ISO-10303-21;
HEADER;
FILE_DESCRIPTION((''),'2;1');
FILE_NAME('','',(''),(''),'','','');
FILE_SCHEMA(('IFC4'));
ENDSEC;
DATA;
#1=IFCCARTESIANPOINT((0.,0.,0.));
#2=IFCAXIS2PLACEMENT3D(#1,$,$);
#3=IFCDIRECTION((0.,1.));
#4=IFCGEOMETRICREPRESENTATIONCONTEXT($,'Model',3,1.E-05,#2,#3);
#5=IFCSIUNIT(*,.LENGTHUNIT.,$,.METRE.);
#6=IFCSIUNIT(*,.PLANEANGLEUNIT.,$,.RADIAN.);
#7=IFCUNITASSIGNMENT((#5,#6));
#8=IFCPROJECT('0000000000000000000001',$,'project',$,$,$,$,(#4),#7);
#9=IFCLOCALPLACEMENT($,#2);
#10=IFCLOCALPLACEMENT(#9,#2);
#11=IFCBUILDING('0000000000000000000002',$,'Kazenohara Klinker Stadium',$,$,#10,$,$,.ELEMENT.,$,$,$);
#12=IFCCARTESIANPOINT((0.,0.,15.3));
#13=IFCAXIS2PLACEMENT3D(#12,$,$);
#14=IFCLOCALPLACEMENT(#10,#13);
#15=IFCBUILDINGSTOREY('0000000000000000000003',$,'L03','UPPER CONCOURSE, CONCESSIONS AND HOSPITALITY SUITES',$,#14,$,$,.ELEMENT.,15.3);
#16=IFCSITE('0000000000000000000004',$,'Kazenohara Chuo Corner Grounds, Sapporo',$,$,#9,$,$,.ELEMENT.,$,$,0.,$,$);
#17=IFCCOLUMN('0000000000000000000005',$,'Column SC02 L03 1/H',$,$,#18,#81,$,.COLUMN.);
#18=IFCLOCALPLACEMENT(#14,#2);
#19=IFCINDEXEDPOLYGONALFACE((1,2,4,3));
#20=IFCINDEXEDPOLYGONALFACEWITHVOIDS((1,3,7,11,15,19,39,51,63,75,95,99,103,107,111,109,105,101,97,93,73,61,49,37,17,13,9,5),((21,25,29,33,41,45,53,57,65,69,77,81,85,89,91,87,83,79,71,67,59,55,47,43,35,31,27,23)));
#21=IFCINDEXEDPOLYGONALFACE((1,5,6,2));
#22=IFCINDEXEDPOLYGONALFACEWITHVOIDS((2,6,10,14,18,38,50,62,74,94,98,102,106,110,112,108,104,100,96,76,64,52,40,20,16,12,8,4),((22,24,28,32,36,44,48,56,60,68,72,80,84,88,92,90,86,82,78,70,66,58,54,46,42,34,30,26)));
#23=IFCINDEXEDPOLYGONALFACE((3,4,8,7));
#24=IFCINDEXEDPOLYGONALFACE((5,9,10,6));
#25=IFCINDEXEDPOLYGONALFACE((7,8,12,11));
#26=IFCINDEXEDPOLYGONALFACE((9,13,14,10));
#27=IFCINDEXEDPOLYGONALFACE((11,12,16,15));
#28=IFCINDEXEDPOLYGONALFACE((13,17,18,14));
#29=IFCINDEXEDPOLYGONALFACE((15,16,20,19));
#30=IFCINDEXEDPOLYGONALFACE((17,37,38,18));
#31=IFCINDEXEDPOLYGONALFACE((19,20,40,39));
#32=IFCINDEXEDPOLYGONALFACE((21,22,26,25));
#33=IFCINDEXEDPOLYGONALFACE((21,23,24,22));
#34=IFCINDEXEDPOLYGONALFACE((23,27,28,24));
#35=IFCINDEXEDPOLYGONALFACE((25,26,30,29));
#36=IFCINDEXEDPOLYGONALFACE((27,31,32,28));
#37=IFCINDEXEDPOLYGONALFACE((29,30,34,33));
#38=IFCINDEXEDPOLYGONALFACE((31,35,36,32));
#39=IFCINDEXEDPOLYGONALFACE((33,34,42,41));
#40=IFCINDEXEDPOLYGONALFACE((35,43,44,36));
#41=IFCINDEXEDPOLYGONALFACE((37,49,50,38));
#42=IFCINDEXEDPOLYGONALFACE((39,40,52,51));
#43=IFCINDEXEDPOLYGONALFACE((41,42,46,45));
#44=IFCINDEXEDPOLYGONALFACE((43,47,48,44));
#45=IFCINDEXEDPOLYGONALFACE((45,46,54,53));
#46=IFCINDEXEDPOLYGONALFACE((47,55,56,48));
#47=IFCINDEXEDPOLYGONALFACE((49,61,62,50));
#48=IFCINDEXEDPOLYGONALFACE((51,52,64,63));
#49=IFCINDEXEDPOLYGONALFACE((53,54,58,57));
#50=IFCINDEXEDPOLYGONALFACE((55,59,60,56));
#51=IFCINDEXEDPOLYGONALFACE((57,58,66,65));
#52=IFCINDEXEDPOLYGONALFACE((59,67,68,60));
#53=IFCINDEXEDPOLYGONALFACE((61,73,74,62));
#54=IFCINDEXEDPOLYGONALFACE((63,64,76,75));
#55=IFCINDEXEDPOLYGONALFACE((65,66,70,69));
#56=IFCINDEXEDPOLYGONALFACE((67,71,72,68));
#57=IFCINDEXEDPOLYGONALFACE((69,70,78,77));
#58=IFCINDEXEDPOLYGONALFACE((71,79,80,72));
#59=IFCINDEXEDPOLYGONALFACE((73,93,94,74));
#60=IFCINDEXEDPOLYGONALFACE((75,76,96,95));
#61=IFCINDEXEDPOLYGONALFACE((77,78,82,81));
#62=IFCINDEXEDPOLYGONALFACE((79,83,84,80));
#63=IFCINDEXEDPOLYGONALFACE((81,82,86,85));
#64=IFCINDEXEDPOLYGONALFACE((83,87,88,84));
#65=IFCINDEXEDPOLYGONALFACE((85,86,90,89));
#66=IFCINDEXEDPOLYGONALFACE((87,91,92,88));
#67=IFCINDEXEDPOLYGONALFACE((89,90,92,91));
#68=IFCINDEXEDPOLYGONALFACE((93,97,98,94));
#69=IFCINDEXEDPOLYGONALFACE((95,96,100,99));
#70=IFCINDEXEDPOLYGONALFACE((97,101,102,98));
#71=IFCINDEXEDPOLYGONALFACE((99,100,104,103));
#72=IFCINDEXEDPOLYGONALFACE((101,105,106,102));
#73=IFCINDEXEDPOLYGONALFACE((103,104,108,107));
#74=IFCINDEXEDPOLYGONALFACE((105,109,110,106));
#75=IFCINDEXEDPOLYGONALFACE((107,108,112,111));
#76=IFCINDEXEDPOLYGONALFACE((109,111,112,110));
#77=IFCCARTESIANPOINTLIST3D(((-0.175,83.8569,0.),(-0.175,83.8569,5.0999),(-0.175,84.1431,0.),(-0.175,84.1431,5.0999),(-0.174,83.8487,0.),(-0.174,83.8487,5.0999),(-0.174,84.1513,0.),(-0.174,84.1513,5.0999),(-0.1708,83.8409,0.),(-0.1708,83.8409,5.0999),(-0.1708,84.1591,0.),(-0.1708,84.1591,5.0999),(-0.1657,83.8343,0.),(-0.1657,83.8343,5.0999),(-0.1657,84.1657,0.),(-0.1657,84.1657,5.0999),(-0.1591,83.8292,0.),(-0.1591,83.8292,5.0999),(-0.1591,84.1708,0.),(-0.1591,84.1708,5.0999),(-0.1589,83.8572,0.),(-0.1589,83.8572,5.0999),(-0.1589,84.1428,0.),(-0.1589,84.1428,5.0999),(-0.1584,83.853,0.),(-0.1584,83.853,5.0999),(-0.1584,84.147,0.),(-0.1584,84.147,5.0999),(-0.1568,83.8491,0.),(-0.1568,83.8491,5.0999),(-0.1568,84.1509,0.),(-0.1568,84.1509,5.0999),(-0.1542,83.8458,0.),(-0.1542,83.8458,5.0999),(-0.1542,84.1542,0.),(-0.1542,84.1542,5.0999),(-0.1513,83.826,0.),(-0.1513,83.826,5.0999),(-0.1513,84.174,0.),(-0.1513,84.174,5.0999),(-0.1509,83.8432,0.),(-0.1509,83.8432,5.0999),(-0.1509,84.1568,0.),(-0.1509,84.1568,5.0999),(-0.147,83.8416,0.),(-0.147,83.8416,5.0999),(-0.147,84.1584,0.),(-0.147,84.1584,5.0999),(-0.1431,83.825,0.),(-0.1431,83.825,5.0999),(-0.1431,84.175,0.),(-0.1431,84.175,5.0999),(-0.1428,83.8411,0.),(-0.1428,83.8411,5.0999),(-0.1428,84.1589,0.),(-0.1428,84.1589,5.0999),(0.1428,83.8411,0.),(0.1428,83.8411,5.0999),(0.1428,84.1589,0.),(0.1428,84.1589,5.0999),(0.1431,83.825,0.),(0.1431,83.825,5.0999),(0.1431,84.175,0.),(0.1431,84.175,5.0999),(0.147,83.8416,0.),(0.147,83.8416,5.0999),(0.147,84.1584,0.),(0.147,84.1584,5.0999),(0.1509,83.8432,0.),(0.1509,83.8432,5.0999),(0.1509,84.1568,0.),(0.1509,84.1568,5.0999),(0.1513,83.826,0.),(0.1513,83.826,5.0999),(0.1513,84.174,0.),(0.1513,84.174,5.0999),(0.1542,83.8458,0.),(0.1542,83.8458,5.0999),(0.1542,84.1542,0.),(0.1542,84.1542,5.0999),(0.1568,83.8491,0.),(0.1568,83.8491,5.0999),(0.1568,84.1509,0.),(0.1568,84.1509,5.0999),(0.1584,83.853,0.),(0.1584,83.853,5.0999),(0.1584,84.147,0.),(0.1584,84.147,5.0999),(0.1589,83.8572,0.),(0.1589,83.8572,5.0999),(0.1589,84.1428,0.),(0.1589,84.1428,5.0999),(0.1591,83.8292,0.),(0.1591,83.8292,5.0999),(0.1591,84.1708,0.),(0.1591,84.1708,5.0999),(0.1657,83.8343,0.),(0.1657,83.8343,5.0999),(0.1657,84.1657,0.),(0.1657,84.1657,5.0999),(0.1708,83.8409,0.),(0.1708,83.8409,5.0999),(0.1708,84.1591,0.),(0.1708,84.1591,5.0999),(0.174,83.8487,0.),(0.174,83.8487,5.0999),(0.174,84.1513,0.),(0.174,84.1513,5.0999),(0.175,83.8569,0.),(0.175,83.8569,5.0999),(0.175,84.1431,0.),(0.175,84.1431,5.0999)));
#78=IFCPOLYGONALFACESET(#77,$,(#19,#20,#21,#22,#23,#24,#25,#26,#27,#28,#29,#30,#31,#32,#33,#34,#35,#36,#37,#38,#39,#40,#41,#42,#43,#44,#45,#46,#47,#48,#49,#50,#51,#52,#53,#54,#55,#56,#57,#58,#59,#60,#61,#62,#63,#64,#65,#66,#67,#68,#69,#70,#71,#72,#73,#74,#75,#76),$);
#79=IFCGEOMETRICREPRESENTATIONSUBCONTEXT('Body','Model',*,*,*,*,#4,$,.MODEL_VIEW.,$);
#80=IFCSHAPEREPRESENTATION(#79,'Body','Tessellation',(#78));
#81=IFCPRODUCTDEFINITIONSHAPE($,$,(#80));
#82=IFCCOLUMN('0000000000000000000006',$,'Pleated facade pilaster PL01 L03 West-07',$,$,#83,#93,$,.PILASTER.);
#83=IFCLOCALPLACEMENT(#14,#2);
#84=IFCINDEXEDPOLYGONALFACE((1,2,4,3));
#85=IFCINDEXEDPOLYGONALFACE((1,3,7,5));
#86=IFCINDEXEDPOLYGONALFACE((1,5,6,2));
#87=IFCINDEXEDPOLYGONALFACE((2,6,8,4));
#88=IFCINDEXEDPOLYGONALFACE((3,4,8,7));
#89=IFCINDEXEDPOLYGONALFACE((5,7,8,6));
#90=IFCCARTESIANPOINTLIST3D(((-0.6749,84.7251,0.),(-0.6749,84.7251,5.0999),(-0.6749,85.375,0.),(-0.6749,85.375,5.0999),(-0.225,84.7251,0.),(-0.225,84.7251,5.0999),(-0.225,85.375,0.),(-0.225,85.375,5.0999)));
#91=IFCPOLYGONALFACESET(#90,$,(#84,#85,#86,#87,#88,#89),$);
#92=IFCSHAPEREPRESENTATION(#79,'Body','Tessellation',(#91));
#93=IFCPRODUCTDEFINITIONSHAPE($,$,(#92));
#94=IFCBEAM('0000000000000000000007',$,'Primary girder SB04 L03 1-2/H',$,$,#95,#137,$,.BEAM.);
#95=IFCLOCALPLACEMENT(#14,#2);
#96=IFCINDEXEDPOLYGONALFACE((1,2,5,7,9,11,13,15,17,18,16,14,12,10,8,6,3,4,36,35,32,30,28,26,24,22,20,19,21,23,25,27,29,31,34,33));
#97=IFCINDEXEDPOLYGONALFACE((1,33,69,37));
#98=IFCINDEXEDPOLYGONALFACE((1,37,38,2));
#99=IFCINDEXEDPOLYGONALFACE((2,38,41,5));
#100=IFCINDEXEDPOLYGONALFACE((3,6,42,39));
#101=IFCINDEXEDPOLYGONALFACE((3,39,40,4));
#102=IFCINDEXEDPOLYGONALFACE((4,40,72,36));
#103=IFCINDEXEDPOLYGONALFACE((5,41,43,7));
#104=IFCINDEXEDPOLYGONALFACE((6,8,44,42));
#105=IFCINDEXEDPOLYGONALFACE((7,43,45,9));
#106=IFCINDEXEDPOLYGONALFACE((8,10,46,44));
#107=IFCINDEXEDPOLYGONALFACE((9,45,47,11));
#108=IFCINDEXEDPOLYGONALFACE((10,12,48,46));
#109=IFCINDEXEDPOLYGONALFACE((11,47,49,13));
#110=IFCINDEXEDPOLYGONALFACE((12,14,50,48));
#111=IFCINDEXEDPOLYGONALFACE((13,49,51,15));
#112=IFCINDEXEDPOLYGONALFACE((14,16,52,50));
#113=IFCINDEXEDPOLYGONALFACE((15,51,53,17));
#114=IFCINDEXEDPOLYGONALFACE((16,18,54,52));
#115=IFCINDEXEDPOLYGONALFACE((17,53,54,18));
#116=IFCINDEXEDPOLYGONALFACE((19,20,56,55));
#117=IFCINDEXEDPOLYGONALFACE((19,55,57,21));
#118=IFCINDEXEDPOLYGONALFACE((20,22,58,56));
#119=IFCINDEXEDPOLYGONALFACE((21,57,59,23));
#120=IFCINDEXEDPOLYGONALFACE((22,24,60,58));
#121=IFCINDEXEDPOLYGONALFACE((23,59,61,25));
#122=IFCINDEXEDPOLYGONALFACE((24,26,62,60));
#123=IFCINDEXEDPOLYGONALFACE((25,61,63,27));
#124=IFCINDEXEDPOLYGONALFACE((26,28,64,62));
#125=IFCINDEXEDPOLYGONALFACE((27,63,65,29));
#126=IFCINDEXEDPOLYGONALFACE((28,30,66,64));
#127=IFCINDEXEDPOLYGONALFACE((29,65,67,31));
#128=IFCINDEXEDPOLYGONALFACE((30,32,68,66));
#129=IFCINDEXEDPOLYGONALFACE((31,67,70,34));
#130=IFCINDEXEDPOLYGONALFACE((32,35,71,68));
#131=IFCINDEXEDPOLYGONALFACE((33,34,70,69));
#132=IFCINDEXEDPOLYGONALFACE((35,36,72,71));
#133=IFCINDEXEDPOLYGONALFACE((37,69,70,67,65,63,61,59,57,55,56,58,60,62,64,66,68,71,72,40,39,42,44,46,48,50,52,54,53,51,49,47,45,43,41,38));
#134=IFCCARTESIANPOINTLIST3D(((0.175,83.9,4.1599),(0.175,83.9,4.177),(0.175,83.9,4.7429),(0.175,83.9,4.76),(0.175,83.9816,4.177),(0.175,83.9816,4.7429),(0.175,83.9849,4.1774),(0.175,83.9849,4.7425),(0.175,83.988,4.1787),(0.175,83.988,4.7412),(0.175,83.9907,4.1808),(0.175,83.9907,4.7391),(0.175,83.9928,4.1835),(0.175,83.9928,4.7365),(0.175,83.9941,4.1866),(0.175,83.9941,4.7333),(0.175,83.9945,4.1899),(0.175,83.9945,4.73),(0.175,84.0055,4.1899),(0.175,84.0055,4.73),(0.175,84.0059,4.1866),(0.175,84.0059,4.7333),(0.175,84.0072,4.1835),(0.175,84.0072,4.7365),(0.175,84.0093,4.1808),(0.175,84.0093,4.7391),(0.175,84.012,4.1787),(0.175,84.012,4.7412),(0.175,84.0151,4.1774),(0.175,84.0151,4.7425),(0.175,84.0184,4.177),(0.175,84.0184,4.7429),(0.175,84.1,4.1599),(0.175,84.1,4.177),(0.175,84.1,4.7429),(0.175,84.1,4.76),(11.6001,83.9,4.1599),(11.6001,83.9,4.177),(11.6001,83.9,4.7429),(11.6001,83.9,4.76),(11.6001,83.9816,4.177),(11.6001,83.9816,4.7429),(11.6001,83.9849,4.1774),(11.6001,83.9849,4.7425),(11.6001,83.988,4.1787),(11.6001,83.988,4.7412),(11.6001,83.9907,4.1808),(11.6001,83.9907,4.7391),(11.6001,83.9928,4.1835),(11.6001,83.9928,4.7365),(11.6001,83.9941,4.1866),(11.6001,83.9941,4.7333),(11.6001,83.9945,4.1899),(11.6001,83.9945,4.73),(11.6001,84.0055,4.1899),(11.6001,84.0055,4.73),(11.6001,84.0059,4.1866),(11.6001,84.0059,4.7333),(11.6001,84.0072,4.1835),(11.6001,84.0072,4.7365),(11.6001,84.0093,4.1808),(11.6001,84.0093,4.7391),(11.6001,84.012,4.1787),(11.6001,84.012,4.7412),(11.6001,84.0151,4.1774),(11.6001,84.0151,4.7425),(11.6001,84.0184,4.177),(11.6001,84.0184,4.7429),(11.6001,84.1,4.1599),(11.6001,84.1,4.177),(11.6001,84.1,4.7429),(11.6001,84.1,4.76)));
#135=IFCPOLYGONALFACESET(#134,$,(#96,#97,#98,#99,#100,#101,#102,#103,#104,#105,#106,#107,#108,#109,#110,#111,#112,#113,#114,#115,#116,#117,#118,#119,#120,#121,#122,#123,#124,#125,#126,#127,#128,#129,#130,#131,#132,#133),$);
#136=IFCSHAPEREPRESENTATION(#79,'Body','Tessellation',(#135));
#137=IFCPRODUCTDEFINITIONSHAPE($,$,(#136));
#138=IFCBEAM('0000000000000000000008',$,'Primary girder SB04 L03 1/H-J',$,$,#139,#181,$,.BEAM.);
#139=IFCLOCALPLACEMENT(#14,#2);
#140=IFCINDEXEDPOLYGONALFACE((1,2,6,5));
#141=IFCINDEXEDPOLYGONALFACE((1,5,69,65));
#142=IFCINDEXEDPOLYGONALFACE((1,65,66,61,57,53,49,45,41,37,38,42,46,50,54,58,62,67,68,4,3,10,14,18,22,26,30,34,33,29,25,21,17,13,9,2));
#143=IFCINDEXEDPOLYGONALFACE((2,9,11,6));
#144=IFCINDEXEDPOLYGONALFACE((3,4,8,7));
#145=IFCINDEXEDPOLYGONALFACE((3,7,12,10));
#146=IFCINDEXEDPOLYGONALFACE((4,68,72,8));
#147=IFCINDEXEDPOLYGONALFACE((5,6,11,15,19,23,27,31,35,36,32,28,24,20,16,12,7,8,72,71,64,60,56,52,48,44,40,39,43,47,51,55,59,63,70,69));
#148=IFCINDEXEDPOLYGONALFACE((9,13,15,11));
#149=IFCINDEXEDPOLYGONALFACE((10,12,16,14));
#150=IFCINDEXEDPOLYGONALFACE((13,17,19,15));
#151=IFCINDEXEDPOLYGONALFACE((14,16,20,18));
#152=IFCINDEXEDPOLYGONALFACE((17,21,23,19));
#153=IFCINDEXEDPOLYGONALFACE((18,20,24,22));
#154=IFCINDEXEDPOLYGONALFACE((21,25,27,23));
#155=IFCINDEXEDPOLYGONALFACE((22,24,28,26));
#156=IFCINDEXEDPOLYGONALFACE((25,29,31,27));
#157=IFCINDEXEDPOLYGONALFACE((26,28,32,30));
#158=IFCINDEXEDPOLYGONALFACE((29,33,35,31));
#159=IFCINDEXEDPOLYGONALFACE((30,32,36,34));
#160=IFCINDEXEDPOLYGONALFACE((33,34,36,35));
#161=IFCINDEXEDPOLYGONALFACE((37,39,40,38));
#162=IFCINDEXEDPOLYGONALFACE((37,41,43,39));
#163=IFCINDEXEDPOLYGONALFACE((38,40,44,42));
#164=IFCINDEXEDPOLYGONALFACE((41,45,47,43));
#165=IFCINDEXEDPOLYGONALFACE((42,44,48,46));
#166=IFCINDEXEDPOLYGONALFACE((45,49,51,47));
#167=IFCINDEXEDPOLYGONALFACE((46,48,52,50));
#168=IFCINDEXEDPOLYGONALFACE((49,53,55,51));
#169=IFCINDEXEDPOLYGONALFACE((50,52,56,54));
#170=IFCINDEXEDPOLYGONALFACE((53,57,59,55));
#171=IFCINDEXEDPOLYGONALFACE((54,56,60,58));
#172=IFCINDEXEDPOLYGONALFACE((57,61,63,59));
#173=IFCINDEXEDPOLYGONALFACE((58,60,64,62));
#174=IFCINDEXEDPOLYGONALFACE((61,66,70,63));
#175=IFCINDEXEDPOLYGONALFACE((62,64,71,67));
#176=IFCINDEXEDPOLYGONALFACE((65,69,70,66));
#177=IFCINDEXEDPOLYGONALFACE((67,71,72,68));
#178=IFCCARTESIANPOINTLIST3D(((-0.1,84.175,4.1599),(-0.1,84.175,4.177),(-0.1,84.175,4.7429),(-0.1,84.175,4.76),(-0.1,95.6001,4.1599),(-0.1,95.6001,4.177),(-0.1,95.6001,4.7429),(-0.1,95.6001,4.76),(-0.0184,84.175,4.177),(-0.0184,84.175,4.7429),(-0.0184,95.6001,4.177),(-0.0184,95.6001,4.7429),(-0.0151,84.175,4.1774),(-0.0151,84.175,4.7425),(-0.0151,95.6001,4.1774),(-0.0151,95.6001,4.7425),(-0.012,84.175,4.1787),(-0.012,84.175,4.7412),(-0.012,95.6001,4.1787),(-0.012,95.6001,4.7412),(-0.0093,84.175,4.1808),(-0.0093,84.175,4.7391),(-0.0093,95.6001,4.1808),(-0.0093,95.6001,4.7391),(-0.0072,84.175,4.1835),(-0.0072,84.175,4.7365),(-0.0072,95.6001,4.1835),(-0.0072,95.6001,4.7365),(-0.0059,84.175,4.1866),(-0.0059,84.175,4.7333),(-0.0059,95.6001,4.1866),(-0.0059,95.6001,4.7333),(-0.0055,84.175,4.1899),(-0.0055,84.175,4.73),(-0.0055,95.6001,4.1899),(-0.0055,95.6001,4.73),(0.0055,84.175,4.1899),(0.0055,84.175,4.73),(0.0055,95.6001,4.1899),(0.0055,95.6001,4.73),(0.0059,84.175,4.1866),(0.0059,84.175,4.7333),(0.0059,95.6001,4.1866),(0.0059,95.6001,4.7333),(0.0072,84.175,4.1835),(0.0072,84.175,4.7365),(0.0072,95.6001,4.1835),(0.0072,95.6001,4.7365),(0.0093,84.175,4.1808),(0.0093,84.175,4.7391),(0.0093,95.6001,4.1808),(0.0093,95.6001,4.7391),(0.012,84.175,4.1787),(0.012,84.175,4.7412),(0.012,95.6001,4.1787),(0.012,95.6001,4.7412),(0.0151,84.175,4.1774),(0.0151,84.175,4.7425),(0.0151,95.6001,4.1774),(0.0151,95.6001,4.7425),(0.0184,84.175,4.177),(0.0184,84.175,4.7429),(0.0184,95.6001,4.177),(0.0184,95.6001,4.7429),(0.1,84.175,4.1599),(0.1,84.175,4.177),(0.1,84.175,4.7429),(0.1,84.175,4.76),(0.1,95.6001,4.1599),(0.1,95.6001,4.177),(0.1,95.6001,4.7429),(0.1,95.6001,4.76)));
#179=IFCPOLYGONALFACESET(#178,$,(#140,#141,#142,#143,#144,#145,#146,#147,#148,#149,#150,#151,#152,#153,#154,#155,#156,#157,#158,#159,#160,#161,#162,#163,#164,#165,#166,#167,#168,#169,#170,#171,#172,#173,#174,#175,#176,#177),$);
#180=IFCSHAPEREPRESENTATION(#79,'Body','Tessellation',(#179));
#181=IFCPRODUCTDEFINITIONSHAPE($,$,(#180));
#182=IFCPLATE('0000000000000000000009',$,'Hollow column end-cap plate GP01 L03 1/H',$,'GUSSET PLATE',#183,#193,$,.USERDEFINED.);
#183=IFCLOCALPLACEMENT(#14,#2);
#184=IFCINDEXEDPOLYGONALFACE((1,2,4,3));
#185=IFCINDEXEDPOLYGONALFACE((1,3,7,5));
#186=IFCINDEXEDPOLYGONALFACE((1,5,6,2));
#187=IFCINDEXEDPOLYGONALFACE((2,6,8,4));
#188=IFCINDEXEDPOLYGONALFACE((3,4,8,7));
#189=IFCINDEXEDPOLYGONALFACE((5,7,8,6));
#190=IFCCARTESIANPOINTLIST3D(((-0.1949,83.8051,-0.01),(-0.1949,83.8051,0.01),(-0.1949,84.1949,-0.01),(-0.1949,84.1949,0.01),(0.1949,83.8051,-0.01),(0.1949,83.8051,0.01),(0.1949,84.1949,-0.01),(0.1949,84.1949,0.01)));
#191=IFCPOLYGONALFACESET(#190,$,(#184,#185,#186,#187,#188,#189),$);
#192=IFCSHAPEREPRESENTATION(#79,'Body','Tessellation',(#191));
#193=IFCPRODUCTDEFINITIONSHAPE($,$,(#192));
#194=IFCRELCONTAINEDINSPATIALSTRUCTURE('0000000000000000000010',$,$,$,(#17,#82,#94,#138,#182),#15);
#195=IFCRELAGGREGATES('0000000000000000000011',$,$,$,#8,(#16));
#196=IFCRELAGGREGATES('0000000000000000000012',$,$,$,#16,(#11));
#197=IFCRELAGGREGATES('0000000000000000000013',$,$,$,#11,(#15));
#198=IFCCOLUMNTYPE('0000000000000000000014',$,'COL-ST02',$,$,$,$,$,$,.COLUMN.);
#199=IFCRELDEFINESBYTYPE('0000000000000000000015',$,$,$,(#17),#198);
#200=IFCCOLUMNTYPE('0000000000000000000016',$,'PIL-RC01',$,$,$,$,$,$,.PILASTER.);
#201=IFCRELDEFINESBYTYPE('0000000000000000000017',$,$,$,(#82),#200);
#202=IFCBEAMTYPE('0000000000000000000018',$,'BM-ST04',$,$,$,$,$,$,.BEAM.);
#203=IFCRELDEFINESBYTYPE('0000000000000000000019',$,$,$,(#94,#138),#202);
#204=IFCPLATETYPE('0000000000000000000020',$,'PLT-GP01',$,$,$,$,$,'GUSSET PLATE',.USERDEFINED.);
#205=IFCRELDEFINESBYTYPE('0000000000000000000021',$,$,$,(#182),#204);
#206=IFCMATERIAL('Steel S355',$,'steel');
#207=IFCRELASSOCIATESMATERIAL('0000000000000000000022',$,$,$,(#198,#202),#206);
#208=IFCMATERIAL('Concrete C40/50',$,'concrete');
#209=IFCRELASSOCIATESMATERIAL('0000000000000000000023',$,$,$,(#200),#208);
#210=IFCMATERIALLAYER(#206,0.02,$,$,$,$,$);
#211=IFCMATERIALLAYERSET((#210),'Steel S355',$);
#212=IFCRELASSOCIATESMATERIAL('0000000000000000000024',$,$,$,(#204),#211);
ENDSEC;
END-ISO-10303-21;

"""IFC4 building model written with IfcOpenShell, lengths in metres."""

from ifc_helpers import new_model, si_unit, direction, frame, origin, origin_2d, place, context, subcontext, project, spatial, rectangle, hollow_rectangle, i_section, extrude, material, layer, layer_set, material_profile, profile_set, type_object, element, save


model = new_model("IFC4")

# Units and contexts
model_context = context("Model", 3, precision=1e-05, world=origin(), true_north=direction((0.0, 1.0)))
body_context = subcontext(model_context, "Body", "Model", "MODEL_VIEW")
ifc_project = project(units=[si_unit("LENGTHUNIT", "METRE"), si_unit("PLANEANGLEUNIT", "RADIAN")], contexts=[model_context])

# Site, building, storey
site_placement = place(None, origin())
site = spatial("IfcSite", under=ifc_project, at=site_placement, Name="Kazenohara Chuo Corner Grounds, Sapporo", CompositionType="ELEMENT", RefElevation=0.0)
building_placement = place(site_placement, origin())
building = spatial("IfcBuilding", under=site, at=building_placement, Name="Kazenohara Klinker Stadium", CompositionType="ELEMENT")
storey_placement = place(building_placement, frame((0.0, 0.0, 15.3)))
storey = spatial("IfcBuildingStorey", under=building, at=storey_placement, Name="L03", Description="UPPER CONCOURSE, CONCESSIONS AND HOSPITALITY SUITES", CompositionType="ELEMENT", Elevation=15.3)

# Columns
ifc_material_1 = material(Name="Steel S355", Category="steel")
ifc_material_profile_1 = material_profile(ifc_material_1, hollow_rectangle(XDim=0.3501, YDim=0.3501, WallThickness=0.0161, InnerFilletRadius=0.0161, OuterFilletRadius=0.032, at=origin_2d()), Name="SHS-350x350x16")
ifc_profile_set_1 = profile_set([ifc_material_profile_1], Name="Steel S355")
column_type_1 = type_object("IfcColumnType", Name="COL-ST02", PredefinedType="COLUMN", material=ifc_profile_set_1)
column_1_placement = place(storey_placement, frame((0.0, 84.0, 0.0), z_axis=(0.0, 0.0, 1.0), x_axis=(1.0, 0.0, 0.0)))
element("IfcColumn", 1, at=column_1_placement, inside=storey, type_object=column_type_1, Name="Column SC02 L03 1/H", PredefinedType="COLUMN", context=body_context, shape_type="SweptSolid", body=[
    extrude(hollow_rectangle(XDim=0.3501, YDim=0.3501, WallThickness=0.0161, InnerFilletRadius=0.0161, OuterFilletRadius=0.032, at=origin_2d()), origin(), (0.0, 0.0, 1.0), 5.0999),
])
ifc_material_2 = material(Name="Concrete C40/50", Category="concrete")
ifc_material_profile_2 = material_profile(ifc_material_2, rectangle(XDim=0.45, YDim=0.6499, at=origin_2d()), Name="RC-PILASTER-450x650")
ifc_profile_set_2 = profile_set([ifc_material_profile_2], Name="Concrete C40/50")
column_type_2 = type_object("IfcColumnType", Name="PIL-RC01", PredefinedType="PILASTER", material=ifc_profile_set_2)
column_2_placement = place(storey_placement, frame((-0.45, 85.05, 0.0), z_axis=(0.0, 0.0, 1.0), x_axis=(1.0, 0.0, 0.0)))
element("IfcColumn", 2, at=column_2_placement, inside=storey, type_object=column_type_2, Name="Pleated facade pilaster PL01 L03 West-07", PredefinedType="PILASTER", context=body_context, shape_type="SweptSolid", body=[
    extrude(rectangle(XDim=0.45, YDim=0.6499, at=origin_2d()), origin(), (0.0, 0.0, 1.0), 5.0999),
])

# Beams
ifc_material_profile_3 = material_profile(ifc_material_1, i_section(OverallWidth=0.2, OverallDepth=0.6001, WebThickness=0.011, FlangeThickness=0.0171, FilletRadius=0.0129, at=origin_2d()), Name="H-600x200x11x17")
ifc_profile_set_3 = profile_set([ifc_material_profile_3], Name="Steel S355")
beam_type = type_object("IfcBeamType", Name="BM-ST04", PredefinedType="BEAM", material=ifc_profile_set_3)
for number, where, z_axis, x_axis, name in (
    (3, (0.175, 84.0, 4.46), (1.0, 0.0, 0.0), (0.0, 1.0, 0.0), "Primary girder SB04 L03 1-2/H"),
    (4, (0.0, 84.175, 4.46), (0.0, 1.0, 0.0), (-1.0, 0.0, 0.0), "Primary girder SB04 L03 1/H-J"),
):
    element("IfcBeam", number, at=place(storey_placement, frame(where, z_axis=z_axis, x_axis=x_axis)), inside=storey, type_object=beam_type, Name=name, PredefinedType="BEAM", context=body_context, shape_type="SweptSolid", body=[
        extrude(i_section(OverallWidth=0.2, OverallDepth=0.6001, WebThickness=0.011, FlangeThickness=0.0171, FilletRadius=0.0129, at=origin_2d()), origin(), (0.0, 0.0, 1.0), 11.425),
    ])

# Plate
ifc_layer_1 = layer(ifc_material_1, 0.02)
ifc_layer_set_1 = layer_set([ifc_layer_1], Name="Steel S355")
plate_type = type_object("IfcPlateType", Name="PLT-GP01", ElementType="GUSSET PLATE", PredefinedType="USERDEFINED", material=ifc_layer_set_1)
plate_placement = place(storey_placement, frame((0.0, 84.0, -0.01), z_axis=(0.0, 0.0, 1.0), x_axis=(1.0, 0.0, 0.0)))
element("IfcPlate", 5, at=plate_placement, inside=storey, type_object=plate_type, Name="Hollow column end-cap plate GP01 L03 1/H", ObjectType="GUSSET PLATE", PredefinedType="USERDEFINED", context=body_context, shape_type="SweptSolid", body=[
    extrude(rectangle(XDim=0.3899, YDim=0.3899, at=origin_2d()), origin(), (0.0, 0.0, 1.0), 0.02),
])

save(model, "model.ifc")
